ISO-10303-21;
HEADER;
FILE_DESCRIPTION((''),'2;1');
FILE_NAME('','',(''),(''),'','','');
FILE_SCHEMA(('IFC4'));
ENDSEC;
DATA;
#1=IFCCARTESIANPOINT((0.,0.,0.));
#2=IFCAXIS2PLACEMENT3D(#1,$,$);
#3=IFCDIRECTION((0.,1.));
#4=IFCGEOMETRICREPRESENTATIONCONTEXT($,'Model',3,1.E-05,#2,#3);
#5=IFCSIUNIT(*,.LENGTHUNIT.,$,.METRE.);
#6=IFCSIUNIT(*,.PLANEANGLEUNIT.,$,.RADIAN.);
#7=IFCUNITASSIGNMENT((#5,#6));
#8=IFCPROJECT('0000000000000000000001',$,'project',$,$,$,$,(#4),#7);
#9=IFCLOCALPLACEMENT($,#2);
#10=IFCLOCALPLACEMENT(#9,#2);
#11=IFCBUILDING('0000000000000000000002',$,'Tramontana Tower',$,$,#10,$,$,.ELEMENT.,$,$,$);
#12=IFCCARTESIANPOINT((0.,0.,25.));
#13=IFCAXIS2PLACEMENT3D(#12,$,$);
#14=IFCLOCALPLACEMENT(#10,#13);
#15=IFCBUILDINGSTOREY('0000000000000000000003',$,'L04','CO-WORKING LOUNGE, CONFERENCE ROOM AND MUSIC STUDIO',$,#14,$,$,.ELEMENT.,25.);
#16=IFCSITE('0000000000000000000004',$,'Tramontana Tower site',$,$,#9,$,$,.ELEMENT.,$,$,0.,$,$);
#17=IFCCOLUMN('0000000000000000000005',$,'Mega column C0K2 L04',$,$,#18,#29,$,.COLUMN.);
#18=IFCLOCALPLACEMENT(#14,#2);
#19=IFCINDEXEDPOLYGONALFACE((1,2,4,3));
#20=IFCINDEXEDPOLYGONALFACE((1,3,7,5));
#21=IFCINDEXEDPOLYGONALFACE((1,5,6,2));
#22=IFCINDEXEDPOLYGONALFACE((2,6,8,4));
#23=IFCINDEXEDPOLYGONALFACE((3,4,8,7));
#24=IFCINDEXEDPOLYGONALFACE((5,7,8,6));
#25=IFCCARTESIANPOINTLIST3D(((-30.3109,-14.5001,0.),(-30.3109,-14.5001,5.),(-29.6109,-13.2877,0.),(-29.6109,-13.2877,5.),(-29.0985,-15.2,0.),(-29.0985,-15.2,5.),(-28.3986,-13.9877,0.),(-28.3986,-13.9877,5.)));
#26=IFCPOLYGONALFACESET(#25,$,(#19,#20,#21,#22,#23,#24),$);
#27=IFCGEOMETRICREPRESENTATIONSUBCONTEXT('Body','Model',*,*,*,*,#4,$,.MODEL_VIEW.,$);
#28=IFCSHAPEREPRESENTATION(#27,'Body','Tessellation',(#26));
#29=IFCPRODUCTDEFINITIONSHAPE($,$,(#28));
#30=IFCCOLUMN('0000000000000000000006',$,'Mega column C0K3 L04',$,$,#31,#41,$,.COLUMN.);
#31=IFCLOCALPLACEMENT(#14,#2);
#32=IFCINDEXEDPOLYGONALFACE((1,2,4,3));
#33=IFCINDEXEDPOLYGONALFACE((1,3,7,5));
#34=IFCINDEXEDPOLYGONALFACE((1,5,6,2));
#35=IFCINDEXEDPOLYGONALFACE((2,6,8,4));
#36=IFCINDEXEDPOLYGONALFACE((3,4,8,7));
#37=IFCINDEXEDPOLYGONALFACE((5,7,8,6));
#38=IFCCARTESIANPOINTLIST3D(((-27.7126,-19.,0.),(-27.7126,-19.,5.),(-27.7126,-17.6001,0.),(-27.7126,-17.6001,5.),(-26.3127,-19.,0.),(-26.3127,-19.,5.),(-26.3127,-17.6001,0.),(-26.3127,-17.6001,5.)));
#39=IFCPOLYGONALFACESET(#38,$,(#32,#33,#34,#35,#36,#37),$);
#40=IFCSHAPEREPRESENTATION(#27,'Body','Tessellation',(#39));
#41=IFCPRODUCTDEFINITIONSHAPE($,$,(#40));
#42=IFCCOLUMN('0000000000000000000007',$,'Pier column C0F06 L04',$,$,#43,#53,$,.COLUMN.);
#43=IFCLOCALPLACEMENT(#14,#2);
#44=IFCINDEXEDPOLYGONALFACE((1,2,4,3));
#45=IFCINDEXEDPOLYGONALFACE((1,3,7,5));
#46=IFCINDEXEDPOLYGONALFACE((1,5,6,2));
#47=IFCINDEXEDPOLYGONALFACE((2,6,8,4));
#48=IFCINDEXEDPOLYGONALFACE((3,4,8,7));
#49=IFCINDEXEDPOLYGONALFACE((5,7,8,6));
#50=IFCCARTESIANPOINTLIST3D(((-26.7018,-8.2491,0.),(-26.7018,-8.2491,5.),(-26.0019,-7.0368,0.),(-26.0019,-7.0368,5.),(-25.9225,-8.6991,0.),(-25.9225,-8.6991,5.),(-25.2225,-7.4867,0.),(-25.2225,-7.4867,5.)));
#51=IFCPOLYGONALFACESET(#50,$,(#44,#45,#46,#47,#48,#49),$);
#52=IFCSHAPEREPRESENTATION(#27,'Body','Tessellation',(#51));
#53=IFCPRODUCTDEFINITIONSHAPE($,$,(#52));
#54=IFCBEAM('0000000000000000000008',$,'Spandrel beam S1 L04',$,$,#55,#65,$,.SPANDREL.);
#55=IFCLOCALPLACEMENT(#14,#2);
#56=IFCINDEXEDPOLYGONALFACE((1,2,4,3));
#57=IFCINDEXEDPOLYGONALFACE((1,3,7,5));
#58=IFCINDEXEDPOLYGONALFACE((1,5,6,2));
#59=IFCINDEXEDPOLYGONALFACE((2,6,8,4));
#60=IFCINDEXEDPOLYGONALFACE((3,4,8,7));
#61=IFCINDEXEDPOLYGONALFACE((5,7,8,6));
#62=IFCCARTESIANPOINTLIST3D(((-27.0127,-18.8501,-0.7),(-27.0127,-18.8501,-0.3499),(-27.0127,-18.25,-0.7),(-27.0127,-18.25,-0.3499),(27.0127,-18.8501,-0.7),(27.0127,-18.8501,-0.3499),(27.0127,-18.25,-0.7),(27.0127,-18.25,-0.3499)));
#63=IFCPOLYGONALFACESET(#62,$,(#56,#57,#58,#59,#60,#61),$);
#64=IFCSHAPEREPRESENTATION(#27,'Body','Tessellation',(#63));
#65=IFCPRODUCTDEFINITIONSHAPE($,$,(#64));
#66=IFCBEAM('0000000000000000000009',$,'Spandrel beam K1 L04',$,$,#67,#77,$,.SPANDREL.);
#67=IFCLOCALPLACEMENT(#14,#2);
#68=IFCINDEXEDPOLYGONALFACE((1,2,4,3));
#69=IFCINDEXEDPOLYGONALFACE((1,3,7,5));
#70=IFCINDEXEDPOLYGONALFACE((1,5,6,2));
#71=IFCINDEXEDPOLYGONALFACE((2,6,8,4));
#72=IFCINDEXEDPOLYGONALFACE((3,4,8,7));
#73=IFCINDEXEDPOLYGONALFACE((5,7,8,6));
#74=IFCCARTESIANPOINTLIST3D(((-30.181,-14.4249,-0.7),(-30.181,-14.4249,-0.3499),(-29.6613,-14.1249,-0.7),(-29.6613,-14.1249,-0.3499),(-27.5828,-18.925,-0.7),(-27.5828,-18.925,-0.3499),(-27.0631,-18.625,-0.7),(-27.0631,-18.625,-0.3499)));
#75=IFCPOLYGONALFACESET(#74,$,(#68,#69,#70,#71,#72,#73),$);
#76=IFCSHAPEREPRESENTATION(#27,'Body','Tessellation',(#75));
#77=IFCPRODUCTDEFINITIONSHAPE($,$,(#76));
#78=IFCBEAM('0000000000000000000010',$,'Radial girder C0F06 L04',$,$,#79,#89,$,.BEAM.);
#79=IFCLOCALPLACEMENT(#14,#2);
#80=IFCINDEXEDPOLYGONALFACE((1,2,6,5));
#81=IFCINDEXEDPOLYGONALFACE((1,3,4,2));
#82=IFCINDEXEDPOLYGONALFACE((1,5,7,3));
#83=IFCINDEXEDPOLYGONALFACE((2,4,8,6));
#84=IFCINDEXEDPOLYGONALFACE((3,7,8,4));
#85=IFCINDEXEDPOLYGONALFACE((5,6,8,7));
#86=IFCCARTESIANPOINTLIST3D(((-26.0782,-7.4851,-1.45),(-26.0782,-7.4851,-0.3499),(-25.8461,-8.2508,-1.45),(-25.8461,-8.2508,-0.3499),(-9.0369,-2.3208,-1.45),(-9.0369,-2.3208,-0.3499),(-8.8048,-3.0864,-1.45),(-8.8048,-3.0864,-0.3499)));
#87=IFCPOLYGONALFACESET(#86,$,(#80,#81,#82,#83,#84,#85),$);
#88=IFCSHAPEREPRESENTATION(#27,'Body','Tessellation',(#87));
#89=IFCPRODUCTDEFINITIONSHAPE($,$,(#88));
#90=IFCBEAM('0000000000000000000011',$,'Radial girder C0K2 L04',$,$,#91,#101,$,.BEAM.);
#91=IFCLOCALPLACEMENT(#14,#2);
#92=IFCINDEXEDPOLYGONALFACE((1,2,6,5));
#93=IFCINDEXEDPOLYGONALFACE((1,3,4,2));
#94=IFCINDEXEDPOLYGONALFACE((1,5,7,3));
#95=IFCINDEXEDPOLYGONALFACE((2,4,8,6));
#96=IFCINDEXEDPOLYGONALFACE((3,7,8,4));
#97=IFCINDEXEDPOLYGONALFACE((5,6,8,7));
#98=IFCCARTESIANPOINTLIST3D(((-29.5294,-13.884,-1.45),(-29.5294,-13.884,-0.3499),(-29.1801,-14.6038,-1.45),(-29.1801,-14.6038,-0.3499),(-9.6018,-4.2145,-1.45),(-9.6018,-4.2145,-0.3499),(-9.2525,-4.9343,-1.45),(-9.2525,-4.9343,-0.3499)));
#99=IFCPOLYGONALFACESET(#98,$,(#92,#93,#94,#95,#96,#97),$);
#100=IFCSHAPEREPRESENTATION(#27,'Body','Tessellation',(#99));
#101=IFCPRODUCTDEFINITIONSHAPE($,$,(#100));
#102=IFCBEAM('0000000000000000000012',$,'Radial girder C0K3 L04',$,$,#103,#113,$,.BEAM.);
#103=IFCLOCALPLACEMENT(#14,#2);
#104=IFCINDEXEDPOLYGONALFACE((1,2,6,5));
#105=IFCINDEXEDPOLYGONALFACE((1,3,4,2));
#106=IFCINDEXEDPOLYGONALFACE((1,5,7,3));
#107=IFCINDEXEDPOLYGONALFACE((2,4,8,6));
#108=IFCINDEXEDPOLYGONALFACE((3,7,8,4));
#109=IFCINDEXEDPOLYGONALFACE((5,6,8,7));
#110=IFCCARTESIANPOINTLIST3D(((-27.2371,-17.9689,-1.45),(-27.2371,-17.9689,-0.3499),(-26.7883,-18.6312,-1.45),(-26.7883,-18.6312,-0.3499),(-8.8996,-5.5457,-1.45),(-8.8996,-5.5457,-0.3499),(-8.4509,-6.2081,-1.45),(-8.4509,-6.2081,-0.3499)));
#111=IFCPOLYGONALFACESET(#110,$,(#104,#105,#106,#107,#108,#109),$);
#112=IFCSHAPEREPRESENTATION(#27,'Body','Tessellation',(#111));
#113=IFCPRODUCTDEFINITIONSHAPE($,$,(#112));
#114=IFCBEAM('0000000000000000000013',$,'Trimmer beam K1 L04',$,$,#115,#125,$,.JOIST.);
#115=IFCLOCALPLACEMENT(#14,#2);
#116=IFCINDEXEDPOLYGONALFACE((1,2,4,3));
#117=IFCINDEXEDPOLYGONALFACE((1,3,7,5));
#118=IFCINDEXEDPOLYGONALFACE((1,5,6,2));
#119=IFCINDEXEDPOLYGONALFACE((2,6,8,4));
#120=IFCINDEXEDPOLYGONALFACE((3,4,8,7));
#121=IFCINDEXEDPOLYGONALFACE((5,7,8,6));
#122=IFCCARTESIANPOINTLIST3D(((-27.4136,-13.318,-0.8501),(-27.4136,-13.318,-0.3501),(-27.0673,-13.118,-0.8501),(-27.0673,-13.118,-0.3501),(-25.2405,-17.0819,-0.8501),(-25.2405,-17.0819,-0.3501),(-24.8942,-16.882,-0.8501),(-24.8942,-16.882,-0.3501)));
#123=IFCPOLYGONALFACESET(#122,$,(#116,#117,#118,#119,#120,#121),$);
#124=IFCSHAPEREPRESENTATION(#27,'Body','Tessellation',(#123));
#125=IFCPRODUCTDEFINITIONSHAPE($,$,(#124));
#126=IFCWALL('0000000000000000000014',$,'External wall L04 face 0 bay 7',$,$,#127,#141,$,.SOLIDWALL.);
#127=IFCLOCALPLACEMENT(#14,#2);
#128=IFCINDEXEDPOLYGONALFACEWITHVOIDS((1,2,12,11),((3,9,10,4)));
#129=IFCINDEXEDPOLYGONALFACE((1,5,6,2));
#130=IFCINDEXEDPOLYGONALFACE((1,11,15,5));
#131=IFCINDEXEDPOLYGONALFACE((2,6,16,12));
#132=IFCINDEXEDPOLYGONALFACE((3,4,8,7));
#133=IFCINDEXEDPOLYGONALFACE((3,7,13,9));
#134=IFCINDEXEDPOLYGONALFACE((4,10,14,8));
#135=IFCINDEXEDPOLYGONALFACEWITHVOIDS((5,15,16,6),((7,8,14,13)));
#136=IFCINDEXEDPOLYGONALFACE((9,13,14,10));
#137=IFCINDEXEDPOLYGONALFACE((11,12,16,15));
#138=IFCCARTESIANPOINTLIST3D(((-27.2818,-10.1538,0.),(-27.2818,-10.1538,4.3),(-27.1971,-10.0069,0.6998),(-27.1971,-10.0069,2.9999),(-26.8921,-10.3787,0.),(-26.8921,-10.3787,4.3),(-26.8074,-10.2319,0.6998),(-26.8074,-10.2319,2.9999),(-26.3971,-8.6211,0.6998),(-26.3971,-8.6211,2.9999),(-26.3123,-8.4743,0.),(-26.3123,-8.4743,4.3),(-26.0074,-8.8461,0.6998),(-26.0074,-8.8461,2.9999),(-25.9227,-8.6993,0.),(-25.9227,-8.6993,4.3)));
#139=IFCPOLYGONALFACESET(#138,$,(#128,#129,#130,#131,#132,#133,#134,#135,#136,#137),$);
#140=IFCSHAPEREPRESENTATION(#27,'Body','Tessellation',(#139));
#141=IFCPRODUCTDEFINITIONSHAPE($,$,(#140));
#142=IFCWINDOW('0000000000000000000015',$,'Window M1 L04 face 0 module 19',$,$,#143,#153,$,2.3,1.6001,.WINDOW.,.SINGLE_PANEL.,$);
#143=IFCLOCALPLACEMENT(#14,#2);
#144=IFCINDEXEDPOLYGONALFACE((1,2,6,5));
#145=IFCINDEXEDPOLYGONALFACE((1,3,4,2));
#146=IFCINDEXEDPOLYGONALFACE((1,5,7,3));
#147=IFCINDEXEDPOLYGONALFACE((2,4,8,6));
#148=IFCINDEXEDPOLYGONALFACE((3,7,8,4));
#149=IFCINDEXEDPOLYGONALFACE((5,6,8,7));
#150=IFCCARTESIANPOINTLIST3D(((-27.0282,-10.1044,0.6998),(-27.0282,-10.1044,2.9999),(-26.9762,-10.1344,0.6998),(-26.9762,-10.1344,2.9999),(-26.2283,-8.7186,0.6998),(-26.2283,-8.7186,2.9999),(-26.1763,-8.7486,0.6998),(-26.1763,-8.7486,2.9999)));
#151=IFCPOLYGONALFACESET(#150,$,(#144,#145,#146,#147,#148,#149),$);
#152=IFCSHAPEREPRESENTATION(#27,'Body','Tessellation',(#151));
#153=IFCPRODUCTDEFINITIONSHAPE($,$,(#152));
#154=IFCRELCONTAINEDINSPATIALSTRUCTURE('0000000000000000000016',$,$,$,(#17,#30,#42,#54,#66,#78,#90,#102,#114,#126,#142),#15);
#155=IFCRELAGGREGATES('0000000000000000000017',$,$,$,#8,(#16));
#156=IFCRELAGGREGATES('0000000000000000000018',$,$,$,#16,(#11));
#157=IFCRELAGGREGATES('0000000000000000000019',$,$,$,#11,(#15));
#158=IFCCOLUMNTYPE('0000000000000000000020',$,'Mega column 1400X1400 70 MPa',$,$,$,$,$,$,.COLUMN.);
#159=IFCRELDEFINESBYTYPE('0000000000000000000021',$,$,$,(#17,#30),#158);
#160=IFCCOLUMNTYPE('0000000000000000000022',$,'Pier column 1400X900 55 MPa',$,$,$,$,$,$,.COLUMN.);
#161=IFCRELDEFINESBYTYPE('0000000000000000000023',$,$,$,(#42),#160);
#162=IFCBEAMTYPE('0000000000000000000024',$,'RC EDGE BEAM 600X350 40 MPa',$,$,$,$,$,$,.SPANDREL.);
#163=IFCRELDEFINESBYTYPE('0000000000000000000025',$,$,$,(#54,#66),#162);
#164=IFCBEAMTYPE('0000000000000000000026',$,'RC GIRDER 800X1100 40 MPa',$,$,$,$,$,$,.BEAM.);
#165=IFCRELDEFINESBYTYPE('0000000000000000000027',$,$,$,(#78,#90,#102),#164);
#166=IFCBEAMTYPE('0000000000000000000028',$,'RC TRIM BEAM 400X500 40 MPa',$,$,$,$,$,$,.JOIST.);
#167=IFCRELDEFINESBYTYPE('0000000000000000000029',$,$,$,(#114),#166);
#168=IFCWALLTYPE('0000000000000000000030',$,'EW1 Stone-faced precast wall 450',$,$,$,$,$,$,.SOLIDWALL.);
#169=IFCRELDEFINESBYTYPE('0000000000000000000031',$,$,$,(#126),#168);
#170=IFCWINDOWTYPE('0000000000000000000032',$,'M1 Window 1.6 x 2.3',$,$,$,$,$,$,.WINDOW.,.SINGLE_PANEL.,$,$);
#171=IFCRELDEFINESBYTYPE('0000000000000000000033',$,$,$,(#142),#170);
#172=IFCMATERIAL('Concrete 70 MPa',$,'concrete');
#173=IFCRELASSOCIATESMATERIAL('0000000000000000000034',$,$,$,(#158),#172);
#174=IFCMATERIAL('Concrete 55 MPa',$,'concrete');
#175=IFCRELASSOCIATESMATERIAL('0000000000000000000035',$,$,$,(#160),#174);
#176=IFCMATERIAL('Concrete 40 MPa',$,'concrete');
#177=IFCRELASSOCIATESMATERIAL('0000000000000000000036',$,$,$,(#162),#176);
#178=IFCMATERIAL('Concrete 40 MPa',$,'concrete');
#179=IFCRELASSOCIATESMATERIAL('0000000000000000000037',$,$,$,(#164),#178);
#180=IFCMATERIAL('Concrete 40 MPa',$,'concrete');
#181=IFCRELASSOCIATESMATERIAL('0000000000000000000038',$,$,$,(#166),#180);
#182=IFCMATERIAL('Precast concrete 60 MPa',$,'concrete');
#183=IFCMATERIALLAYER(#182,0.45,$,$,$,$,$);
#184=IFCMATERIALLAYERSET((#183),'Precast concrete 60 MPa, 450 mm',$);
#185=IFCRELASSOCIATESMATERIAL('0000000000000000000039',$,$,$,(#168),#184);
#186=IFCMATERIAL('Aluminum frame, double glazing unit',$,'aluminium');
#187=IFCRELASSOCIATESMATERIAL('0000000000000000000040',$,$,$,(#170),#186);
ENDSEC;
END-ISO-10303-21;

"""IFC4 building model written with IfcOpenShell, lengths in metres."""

from ifc_helpers import new_model, si_unit, direction, frame, frame_2d, origin, origin_2d, place, context, subcontext, project, spatial, rectangle, extrude, material, layer, layer_set, material_profile, profile_set, type_object, element, fill, save


model = new_model("IFC4")

# Units and contexts
model_context = context("Model", 3, precision=1e-05, world=origin(), true_north=direction((0.0, 1.0)))
body_context = subcontext(model_context, "Body", "Model", "MODEL_VIEW")
ifc_project = project(units=[si_unit("LENGTHUNIT", "METRE"), si_unit("PLANEANGLEUNIT", "RADIAN")], contexts=[model_context])

# Site, building, storey
site_placement = place(None, origin())
site = spatial("IfcSite", under=ifc_project, at=site_placement, Name="Tramontana Tower site", CompositionType="ELEMENT", RefElevation=0.0)
building_placement = place(site_placement, origin())
building = spatial("IfcBuilding", under=site, at=building_placement, Name="Tramontana Tower", CompositionType="ELEMENT")
storey_placement = place(building_placement, frame((0.0, 0.0, 25.0)))
storey = spatial("IfcBuildingStorey", under=building, at=storey_placement, Name="L04", Description="CO-WORKING LOUNGE, CONFERENCE ROOM AND MUSIC STUDIO", CompositionType="ELEMENT", Elevation=25.0)

# Columns
ifc_material_1 = material(Name="Concrete 70 MPa", Category="concrete")
ifc_material_profile_1 = material_profile(ifc_material_1, rectangle(XDim=1.3999, YDim=1.3999, at=origin_2d()), Name="Mega column 1400X1400 70 MPa")
ifc_profile_set_1 = profile_set([ifc_material_profile_1], Name="Concrete 70 MPa")
column_type_1 = type_object("IfcColumnType", Name="Mega column 1400X1400 70 MPa", PredefinedType="COLUMN", material=ifc_profile_set_1)
for number, where, z_axis, x_axis, name in (
    (1, (-29.3547, -14.2439, 0.0), (0.0, 0.0, 1.0), (-0.5, -0.866025, 0.0), "Mega column C0K2 L04"),
    (2, (-27.0127, -18.3, 0.0), (0.0, 0.0, 1.0), (1.0, 0.0, 0.0), "Mega column C0K3 L04"),
):
    element("IfcColumn", number, at=place(storey_placement, frame(where, z_axis=z_axis, x_axis=x_axis)), inside=storey, type_object=column_type_1, Name=name, PredefinedType="COLUMN", context=body_context, shape_type="SweptSolid", body=[
        extrude(rectangle(XDim=1.3999, YDim=1.3999, at=origin_2d()), origin(), (0.0, 0.0, 1.0), 5.0),
    ])
ifc_material_2 = material(Name="Concrete 55 MPa", Category="concrete")
ifc_material_profile_2 = material_profile(ifc_material_2, rectangle(XDim=1.3999, YDim=0.8999, at=origin_2d()), Name="Pier column 1400X900 55 MPa")
ifc_profile_set_2 = profile_set([ifc_material_profile_2], Name="Concrete 55 MPa")
column_type_2 = type_object("IfcColumnType", Name="Pier column 1400X900 55 MPa", PredefinedType="COLUMN", material=ifc_profile_set_2)
column_placement = place(storey_placement, frame((-25.9622, -7.8679, 0.0), z_axis=(0.0, 0.0, 1.0), x_axis=(-0.5, -0.866025, 0.0)))
element("IfcColumn", 3, at=column_placement, inside=storey, type_object=column_type_2, Name="Pier column C0F06 L04", PredefinedType="COLUMN", context=body_context, shape_type="SweptSolid", body=[
    extrude(rectangle(XDim=1.3999, YDim=0.8999, at=origin_2d()), origin(), (0.0, 0.0, 1.0), 5.0),
])

# Beams
ifc_material_3 = material(Name="Concrete 40 MPa", Category="concrete")
ifc_material_profile_3 = material_profile(ifc_material_3, rectangle(XDim=0.6001, YDim=0.3501, at=origin_2d()), Name="RC EDGE BEAM 600X350 40 MPa")
ifc_profile_set_3 = profile_set([ifc_material_profile_3], Name="Concrete 40 MPa")
beam_type_1 = type_object("IfcBeamType", Name="RC EDGE BEAM 600X350 40 MPa", PredefinedType="SPANDREL", material=ifc_profile_set_3)
beam_1_placement = place(storey_placement, frame((-27.0127, -18.55, -0.5249), z_axis=(1.0, 0.0, 0.0), x_axis=(0.0, 1.0, 0.0)))
element("IfcBeam", 4, at=beam_1_placement, inside=storey, type_object=beam_type_1, Name="Spandrel beam S1 L04", PredefinedType="SPANDREL", context=body_context, shape_type="SweptSolid", body=[
    extrude(rectangle(XDim=0.6001, YDim=0.3501, at=origin_2d()), origin(), (0.0, 0.0, 1.0), 54.0254),
])
beam_2_placement = place(storey_placement, frame((-29.9211, -14.2749, -0.5249), z_axis=(0.50001, -0.86602, 0.0), x_axis=(0.86602, 0.50001, 0.0)))
element("IfcBeam", 5, at=beam_2_placement, inside=storey, type_object=beam_type_1, Name="Spandrel beam K1 L04", PredefinedType="SPANDREL", context=body_context, shape_type="SweptSolid", body=[
    extrude(rectangle(XDim=0.6001, YDim=0.3501, at=origin_2d()), origin(), (0.0, 0.0, 1.0), 5.1963),
])
ifc_material_4 = material(Name="Concrete 40 MPa", Category="concrete")
ifc_material_profile_4 = material_profile(ifc_material_4, rectangle(XDim=0.8, YDim=1.1001, at=origin_2d()), Name="RC GIRDER 800X1100 40 MPa")
ifc_profile_set_4 = profile_set([ifc_material_profile_4], Name="Concrete 40 MPa")
beam_type_2 = type_object("IfcBeamType", Name="RC GIRDER 800X1100 40 MPa", PredefinedType="BEAM", material=ifc_profile_set_4)
beam_3_placement = place(storey_placement, frame((-25.9622, -7.8679, -0.8999), z_axis=(0.95702, 0.290022, 0.0), x_axis=(-0.290022, 0.95702, 0.0)))
element("IfcBeam", 6, at=beam_3_placement, inside=storey, type_object=beam_type_2, Name="Radial girder C0F06 L04", PredefinedType="BEAM", context=body_context, shape_type="SweptSolid", body=[
    extrude(rectangle(XDim=0.8, YDim=1.1001, at=origin_2d()), origin(), (0.0, 0.0, 1.0), 17.8066),
])
beam_4_placement = place(storey_placement, frame((-29.3547, -14.2439, -0.8999), z_axis=(0.899679, 0.436552, 0.0), x_axis=(-0.436552, 0.899679, 0.0)))
element("IfcBeam", 7, at=beam_4_placement, inside=storey, type_object=beam_type_2, Name="Radial girder C0K2 L04", PredefinedType="BEAM", context=body_context, shape_type="SweptSolid", body=[
    extrude(rectangle(XDim=0.8, YDim=1.1001, at=origin_2d()), origin(), (0.0, 0.0, 1.0), 22.1497),
])
beam_5_placement = place(storey_placement, frame((-27.0127, -18.3, -0.8999), z_axis=(0.827898, 0.560879, 0.0), x_axis=(-0.560879, 0.827898, 0.0)))
element("IfcBeam", 8, at=beam_5_placement, inside=storey, type_object=beam_type_2, Name="Radial girder C0K3 L04", PredefinedType="BEAM", context=body_context, shape_type="SweptSolid", body=[
    extrude(rectangle(XDim=0.8, YDim=1.1001, at=origin_2d()), origin(), (0.0, 0.0, 1.0), 22.1494),
])
ifc_material_5 = material(Name="Concrete 40 MPa", Category="concrete")
ifc_material_profile_5 = material_profile(ifc_material_5, rectangle(XDim=0.3999, YDim=0.5, at=origin_2d()), Name="RC TRIM BEAM 400X500 40 MPa")
ifc_profile_set_5 = profile_set([ifc_material_profile_5], Name="Concrete 40 MPa")
beam_type_3 = type_object("IfcBeamType", Name="RC TRIM BEAM 400X500 40 MPa", PredefinedType="JOIST", material=ifc_profile_set_5)
beam_6_placement = place(storey_placement, frame((-27.2405, -13.218, -0.6001), z_axis=(0.5, -0.866026, 0.0), x_axis=(0.866026, 0.5, 0.0)))
element("IfcBeam", 9, at=beam_6_placement, inside=storey, type_object=beam_type_3, Name="Trimmer beam K1 L04", PredefinedType="JOIST", context=body_context, shape_type="SweptSolid", body=[
    extrude(rectangle(XDim=0.3999, YDim=0.5, at=origin_2d()), origin(), (0.0, 0.0, 1.0), 4.3462),
])

# Wall, opening, window
ifc_material_6 = material(Name="Precast concrete 60 MPa", Category="concrete")
ifc_layer_1 = layer(ifc_material_6, 0.45)
ifc_layer_set_1 = layer_set([ifc_layer_1], Name="Precast concrete 60 MPa, 450 mm")
wall_type_1 = type_object("IfcWallType", Name="EW1 Stone-faced precast wall 450", PredefinedType="SOLIDWALL", material=ifc_layer_set_1)
wall_1_placement = place(storey_placement, frame((-26.1174, -8.5867, 0.0), z_axis=(0.0, 0.0, 1.0), x_axis=(-0.499944, -0.866058, 0.0)))
wall_1 = element("IfcWall", 10, at=wall_1_placement, inside=storey, type_object=wall_type_1, Name="External wall L04 face 0 bay 7", PredefinedType="SOLIDWALL", context=body_context, shape_type="SweptSolid", body=[
    extrude(rectangle(XDim=1.9392, YDim=0.45, at=frame_2d((0.9697, 0.0))), origin(), (0.0, 0.0, 1.0), 4.3),
])
opening_1_placement = place(wall_1_placement, frame((0.1697, 0.0, 0.7)))
opening_1 = element("IfcOpeningElement", 11, at=opening_1_placement, cuts=wall_1, PredefinedType="OPENING", context=body_context, shape_type="SweptSolid", body=[
    extrude(rectangle(XDim=1.6001, YDim=2.3, at=frame_2d((0.8, 1.1499))), frame((0.0, 0.2349, 0.0), z_axis=(0.0, -1.0, 0.0), x_axis=(1.0, 0.0, 0.0)), (0.0, 0.0, 1.0), 0.47),
])
ifc_material_7 = material(Name="Aluminum frame, double glazing unit", Category="aluminium")
window_type_1 = type_object("IfcWindowType", Name="M1 Window 1.6 x 2.3", PartitioningType="SINGLE_PANEL", PredefinedType="WINDOW", material=ifc_material_7)
window_1_placement = place(opening_1_placement, origin())
window_1 = element("IfcWindow", 12, at=window_1_placement, inside=storey, type_object=window_type_1, Name="Window M1 L04 face 0 module 19", OverallHeight=2.3, OverallWidth=1.6001, PartitioningType="SINGLE_PANEL", PredefinedType="WINDOW", context=body_context, shape_type="SweptSolid", body=[
    extrude(rectangle(XDim=1.6001, YDim=2.3, at=frame_2d((0.8, 1.1499))), frame((0.0, 0.03, 0.0), z_axis=(0.0, -1.0, 0.0), x_axis=(1.0, 0.0, 0.0)), (0.0, 0.0, 1.0), 0.0601),
])
fill(opening_1, window_1)

save(model, "model.ifc")
